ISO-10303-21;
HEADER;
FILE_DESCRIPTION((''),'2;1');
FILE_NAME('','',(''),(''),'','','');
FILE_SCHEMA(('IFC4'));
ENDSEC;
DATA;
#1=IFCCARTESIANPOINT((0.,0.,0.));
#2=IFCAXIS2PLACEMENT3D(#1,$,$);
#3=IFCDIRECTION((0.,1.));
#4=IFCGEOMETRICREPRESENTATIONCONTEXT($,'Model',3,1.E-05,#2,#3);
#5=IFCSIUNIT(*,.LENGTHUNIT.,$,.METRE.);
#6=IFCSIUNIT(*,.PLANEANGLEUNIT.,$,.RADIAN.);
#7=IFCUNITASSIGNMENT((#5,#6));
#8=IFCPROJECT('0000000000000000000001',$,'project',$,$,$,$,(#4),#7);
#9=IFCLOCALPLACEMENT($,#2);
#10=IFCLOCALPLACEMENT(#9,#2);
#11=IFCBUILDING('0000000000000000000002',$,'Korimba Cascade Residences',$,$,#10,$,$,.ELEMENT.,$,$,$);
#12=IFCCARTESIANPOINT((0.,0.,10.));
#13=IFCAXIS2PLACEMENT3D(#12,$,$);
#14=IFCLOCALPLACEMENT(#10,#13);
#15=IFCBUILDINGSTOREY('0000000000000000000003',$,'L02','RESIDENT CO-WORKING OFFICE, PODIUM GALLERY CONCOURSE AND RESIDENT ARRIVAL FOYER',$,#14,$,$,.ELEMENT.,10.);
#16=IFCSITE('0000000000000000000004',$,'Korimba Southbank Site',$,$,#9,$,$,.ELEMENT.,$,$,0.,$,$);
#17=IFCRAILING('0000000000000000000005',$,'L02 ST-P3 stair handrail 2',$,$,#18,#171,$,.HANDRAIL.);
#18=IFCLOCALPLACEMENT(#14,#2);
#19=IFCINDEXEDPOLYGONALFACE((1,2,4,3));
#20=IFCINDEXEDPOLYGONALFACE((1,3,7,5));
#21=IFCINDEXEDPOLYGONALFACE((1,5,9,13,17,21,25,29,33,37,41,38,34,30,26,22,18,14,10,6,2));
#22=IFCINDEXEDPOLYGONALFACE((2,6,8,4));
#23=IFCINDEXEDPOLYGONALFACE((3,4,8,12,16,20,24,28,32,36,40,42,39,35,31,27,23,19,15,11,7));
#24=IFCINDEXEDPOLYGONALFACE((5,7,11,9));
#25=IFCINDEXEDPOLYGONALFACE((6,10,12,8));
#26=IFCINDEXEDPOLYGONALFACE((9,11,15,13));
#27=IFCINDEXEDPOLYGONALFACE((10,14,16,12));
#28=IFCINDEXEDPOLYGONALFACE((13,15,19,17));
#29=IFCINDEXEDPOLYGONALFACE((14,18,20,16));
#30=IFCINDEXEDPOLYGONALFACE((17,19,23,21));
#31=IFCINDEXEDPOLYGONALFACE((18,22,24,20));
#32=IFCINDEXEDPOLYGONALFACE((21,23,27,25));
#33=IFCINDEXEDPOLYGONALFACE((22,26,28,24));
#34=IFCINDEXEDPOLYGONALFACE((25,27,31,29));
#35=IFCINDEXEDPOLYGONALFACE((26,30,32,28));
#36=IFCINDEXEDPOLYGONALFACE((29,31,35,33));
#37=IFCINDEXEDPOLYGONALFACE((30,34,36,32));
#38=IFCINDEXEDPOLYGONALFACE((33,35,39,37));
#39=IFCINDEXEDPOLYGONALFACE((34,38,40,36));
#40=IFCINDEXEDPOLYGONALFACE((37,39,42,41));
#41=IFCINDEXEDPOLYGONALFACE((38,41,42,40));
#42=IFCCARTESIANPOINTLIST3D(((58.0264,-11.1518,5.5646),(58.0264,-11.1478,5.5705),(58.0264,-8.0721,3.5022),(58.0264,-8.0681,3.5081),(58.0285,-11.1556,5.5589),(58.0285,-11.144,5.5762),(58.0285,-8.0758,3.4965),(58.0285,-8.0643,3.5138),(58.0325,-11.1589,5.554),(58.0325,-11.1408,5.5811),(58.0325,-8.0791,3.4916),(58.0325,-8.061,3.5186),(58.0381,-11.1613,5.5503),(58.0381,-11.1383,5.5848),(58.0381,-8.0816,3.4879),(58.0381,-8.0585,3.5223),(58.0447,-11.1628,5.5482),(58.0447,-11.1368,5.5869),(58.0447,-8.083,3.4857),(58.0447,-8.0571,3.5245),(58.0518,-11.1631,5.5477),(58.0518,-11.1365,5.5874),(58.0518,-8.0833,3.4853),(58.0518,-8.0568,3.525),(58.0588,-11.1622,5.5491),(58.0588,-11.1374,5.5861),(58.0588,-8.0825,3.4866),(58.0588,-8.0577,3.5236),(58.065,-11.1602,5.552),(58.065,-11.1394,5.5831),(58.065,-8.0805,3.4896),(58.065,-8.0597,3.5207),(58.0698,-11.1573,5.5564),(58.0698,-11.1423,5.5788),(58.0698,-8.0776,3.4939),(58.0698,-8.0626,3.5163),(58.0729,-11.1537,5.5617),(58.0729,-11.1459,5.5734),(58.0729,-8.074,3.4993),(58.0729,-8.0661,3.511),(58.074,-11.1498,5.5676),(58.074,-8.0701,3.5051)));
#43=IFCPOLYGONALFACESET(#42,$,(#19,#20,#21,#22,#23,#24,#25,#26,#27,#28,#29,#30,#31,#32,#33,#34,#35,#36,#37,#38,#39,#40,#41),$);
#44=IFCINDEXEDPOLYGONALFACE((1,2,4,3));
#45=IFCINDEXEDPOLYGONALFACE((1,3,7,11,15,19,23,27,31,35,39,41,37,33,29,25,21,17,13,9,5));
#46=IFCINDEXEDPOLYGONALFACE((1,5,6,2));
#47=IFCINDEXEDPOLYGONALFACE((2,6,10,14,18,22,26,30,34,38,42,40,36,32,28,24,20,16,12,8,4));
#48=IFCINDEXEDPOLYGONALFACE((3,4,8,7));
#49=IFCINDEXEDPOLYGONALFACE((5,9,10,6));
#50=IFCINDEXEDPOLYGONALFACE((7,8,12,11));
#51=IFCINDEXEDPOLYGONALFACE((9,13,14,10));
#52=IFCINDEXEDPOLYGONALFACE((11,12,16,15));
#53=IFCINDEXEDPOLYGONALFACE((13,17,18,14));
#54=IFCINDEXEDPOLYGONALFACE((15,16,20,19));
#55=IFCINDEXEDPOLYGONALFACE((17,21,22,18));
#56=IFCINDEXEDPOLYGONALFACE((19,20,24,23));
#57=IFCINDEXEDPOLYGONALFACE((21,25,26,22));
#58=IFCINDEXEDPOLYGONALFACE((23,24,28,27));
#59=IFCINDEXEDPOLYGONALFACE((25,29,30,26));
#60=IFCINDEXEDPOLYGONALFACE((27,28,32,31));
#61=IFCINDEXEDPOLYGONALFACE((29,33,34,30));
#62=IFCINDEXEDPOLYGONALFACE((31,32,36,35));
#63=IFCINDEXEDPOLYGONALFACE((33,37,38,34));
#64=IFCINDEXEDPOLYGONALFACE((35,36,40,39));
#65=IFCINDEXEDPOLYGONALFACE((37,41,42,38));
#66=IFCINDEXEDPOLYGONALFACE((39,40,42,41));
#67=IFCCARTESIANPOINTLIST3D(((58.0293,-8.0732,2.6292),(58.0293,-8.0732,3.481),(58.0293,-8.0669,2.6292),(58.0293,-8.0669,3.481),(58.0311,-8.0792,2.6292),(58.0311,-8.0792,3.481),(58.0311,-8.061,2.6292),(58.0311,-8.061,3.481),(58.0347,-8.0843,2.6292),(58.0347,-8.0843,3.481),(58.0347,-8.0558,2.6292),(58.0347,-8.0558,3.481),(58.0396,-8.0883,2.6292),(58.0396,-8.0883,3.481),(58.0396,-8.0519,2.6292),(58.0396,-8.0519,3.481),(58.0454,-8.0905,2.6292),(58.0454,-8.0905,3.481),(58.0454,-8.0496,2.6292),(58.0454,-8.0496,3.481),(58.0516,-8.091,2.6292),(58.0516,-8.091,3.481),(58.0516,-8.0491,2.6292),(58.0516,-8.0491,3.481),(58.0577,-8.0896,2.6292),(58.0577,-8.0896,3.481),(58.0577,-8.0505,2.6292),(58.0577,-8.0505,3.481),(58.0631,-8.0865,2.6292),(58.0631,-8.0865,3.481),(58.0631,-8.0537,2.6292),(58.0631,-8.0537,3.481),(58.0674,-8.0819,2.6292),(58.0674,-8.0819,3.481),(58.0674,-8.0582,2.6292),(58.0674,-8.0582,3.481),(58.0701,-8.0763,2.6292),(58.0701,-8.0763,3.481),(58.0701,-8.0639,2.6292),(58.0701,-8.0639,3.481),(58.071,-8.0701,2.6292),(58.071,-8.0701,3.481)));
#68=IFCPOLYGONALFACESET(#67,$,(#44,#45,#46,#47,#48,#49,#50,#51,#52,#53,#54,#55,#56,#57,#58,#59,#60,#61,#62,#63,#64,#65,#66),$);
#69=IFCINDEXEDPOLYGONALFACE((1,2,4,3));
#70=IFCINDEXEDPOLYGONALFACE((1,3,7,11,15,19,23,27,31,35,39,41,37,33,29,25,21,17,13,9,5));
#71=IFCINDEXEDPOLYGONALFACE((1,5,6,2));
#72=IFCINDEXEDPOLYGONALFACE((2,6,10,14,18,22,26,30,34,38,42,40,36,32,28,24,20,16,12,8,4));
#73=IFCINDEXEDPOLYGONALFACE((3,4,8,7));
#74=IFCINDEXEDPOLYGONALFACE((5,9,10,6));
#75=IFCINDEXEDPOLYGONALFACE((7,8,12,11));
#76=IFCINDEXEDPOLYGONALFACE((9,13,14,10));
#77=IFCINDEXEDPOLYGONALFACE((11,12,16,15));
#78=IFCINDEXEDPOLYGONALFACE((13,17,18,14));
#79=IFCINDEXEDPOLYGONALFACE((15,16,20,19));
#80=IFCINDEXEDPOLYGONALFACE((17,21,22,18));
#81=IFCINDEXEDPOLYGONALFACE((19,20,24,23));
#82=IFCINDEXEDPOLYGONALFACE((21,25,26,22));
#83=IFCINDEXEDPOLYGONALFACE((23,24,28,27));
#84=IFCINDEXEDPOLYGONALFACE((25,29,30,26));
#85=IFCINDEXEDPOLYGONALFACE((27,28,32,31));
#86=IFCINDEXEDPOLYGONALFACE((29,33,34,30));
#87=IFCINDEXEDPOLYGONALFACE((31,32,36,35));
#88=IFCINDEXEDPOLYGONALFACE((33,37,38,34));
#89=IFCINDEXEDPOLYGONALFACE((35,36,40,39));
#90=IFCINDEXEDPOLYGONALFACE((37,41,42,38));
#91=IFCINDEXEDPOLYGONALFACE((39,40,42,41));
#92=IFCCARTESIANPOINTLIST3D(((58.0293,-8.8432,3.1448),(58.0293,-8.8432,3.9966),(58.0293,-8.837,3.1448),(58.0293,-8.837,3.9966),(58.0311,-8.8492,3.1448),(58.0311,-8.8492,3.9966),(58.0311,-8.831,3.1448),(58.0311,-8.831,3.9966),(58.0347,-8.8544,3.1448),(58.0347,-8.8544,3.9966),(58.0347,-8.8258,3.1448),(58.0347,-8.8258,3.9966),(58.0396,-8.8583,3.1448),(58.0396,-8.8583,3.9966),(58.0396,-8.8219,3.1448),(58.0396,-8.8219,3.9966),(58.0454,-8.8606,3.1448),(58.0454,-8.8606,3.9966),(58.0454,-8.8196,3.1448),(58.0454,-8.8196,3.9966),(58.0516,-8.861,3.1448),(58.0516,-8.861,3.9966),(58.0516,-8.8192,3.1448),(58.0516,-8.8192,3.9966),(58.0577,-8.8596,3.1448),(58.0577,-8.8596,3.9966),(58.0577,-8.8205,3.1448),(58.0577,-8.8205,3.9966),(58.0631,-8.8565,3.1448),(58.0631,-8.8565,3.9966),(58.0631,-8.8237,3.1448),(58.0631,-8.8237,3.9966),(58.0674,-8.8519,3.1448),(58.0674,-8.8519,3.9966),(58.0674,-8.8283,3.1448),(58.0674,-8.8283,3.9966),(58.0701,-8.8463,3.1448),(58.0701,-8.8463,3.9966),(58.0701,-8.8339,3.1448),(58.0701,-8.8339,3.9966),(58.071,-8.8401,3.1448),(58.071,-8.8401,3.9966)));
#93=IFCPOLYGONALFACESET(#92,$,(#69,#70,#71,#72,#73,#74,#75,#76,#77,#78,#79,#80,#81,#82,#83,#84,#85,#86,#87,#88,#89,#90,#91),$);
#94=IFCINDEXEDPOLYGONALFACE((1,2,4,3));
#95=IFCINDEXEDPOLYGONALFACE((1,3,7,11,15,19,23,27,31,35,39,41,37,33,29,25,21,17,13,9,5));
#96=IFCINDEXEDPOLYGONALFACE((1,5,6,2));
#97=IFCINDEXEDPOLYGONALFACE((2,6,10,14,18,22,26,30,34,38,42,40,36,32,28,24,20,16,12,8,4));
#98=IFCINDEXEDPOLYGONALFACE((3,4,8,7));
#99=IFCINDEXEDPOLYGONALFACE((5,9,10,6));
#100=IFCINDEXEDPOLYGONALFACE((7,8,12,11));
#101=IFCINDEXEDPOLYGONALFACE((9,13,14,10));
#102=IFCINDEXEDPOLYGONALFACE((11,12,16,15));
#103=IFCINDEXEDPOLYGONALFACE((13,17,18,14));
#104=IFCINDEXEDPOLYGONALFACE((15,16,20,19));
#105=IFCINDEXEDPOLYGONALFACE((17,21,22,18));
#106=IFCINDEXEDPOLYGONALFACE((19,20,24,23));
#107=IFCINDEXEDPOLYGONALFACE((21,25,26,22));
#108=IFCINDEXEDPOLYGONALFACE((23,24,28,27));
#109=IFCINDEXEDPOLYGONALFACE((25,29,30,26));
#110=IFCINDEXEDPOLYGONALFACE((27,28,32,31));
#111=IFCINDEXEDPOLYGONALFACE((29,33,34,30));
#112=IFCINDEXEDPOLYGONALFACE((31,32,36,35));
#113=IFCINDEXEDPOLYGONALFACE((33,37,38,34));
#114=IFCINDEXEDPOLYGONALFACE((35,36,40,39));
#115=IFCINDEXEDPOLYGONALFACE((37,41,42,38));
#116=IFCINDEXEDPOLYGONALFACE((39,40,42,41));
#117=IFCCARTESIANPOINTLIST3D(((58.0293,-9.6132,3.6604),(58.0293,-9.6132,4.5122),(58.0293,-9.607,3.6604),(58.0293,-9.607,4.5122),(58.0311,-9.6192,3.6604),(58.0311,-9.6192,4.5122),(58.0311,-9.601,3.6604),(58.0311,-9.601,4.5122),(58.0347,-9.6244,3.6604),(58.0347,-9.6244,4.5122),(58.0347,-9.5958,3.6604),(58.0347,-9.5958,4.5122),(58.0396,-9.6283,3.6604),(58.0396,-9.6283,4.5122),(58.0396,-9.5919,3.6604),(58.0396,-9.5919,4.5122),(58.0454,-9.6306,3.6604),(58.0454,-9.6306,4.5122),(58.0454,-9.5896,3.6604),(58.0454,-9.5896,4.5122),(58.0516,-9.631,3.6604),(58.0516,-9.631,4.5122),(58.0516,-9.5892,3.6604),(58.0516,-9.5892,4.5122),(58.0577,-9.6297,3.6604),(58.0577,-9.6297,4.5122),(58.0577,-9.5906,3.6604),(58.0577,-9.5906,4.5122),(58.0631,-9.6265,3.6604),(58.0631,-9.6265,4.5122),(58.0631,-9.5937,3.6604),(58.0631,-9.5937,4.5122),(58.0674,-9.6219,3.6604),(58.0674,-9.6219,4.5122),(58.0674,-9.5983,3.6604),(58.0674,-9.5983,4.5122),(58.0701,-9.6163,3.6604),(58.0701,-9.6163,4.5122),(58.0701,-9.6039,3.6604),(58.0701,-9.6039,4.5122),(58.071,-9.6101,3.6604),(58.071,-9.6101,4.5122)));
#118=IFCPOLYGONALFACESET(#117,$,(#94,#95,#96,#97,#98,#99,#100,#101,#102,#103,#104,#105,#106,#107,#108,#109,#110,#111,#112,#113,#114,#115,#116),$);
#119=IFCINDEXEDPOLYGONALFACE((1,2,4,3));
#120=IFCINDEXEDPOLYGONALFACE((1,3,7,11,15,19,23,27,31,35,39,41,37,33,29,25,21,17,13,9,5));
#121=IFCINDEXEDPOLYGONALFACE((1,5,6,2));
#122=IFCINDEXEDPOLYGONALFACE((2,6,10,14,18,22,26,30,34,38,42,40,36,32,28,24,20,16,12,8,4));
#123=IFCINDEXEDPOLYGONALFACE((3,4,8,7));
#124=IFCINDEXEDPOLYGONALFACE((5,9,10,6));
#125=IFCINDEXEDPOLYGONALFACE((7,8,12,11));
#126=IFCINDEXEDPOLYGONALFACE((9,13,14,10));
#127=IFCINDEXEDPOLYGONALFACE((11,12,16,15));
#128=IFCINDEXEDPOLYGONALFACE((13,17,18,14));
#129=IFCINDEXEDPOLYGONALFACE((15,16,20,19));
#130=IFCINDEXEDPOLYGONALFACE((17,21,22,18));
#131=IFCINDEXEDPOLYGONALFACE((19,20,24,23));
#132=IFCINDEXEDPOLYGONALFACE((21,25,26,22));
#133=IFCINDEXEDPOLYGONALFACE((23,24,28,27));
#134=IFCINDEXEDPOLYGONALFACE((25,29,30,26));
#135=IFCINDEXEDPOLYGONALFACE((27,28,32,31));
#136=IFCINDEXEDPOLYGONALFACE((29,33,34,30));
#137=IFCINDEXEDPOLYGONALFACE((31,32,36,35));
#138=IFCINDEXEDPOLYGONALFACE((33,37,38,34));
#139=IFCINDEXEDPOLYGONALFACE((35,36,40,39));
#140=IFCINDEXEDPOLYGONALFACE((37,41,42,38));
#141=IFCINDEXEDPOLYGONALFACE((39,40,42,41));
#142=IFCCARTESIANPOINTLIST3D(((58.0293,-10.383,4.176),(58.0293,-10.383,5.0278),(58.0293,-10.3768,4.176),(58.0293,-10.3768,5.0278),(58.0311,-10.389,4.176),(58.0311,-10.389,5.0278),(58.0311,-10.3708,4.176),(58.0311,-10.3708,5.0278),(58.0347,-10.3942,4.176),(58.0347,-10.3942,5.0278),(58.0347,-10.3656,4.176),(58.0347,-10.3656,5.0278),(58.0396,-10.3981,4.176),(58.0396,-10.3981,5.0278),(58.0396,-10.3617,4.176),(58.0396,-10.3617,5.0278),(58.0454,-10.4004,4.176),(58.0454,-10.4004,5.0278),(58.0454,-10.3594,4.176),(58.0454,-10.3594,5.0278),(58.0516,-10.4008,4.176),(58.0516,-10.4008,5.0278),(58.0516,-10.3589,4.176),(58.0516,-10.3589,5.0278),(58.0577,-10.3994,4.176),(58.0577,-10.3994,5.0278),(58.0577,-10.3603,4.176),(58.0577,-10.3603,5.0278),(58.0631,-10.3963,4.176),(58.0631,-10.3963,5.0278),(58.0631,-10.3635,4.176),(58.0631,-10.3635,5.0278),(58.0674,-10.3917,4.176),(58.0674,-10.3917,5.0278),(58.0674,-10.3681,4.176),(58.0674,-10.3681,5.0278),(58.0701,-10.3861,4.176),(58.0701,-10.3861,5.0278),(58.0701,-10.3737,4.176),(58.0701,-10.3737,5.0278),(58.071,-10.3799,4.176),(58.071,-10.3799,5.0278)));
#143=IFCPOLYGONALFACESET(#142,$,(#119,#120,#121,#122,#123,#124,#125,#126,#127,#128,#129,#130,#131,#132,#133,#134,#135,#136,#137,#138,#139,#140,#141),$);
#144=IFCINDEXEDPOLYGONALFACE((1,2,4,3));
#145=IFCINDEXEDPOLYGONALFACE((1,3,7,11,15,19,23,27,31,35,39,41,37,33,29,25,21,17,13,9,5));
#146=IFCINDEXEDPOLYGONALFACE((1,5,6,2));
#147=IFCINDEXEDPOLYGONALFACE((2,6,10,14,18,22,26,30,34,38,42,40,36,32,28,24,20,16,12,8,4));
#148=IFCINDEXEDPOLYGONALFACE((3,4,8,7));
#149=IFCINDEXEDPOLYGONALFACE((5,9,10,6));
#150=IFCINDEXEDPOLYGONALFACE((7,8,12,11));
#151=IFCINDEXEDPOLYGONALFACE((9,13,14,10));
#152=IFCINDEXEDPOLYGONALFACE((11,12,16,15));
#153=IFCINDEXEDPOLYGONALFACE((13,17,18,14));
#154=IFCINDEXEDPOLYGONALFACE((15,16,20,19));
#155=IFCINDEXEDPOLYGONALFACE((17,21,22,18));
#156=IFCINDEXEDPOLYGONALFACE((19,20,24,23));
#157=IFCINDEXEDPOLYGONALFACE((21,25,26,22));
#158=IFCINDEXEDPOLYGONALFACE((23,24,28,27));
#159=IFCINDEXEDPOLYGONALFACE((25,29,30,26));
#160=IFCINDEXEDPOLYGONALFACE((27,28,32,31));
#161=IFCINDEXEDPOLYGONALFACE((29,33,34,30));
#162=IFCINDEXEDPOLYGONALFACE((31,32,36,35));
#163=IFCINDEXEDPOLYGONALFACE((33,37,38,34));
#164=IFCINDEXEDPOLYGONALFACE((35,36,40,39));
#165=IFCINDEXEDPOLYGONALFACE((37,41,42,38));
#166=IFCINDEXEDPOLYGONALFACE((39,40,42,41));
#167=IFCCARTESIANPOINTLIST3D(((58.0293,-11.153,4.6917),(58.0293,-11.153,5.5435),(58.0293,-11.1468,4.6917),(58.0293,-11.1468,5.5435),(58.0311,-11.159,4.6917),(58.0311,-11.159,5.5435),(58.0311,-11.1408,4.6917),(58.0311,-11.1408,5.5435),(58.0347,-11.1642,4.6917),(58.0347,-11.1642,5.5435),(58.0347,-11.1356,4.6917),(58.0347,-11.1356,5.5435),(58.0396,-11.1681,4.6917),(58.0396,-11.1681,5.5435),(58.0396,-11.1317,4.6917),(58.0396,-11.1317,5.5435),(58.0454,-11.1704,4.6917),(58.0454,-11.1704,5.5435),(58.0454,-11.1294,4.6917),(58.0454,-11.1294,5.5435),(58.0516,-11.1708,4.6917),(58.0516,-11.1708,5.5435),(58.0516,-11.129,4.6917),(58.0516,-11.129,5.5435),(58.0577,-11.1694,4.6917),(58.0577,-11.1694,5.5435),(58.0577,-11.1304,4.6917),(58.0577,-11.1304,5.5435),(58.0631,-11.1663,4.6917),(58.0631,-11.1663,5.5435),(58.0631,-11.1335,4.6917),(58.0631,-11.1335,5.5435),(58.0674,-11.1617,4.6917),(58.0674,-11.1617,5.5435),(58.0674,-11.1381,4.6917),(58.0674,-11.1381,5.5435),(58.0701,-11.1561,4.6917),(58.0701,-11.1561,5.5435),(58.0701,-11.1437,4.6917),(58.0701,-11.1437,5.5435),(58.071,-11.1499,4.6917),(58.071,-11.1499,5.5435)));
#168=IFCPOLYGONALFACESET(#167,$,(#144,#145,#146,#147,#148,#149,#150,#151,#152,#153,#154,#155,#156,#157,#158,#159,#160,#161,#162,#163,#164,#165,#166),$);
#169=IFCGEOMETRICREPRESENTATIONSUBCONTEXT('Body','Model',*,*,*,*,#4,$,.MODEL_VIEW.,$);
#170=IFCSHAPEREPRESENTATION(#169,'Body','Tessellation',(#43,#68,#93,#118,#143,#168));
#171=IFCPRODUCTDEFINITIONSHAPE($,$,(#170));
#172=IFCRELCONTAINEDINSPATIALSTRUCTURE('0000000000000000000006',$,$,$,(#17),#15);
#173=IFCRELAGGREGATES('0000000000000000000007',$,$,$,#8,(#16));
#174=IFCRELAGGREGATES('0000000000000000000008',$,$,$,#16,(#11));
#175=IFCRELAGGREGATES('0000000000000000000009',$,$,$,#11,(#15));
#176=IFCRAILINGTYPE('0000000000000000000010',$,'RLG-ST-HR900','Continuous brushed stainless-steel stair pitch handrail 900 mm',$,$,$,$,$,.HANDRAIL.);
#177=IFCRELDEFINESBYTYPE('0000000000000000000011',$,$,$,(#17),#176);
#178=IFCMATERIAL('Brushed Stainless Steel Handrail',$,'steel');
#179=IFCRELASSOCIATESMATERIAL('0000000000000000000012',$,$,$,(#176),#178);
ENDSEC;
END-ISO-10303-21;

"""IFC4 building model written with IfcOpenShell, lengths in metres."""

from ifc_helpers import new_model, si_unit, direction, frame, origin, origin_2d, place, context, subcontext, project, spatial, circle, extrude, material, type_object, element, save


model = new_model("IFC4")

# Units and contexts
model_context = context("Model", 3, precision=1e-05, world=origin(), true_north=direction((0.0, 1.0)))
body_context = subcontext(model_context, "Body", "Model", "MODEL_VIEW")
ifc_project = project(units=[si_unit("LENGTHUNIT", "METRE"), si_unit("PLANEANGLEUNIT", "RADIAN")], contexts=[model_context])

# Site, building, storey
site_placement = place(None, origin())
site = spatial("IfcSite", under=ifc_project, at=site_placement, Name="Korimba Southbank Site", CompositionType="ELEMENT", RefElevation=0.0)
building_placement = place(site_placement, origin())
building = spatial("IfcBuilding", under=site, at=building_placement, Name="Korimba Cascade Residences", CompositionType="ELEMENT")
storey_placement = place(building_placement, frame((0.0, 0.0, 10.0)))
storey = spatial("IfcBuildingStorey", under=building, at=storey_placement, Name="L02", Description="RESIDENT CO-WORKING OFFICE, PODIUM GALLERY CONCOURSE AND RESIDENT ARRIVAL FOYER", CompositionType="ELEMENT", Elevation=10.0)

# Railing
ifc_material_1 = material(Name="Brushed Stainless Steel Handrail", Category="steel")
railing_type_1 = type_object("IfcRailingType", Name="RLG-ST-HR900", Description="Continuous brushed stainless-steel stair pitch handrail 900 mm", PredefinedType="HANDRAIL", material=ifc_material_1)
railing_1_placement = place(storey_placement, frame((58.05, -8.0701, 2.6292)))
element("IfcRailing", 1, at=railing_1_placement, inside=storey, type_object=railing_type_1, Name="L02 ST-P3 stair handrail 2", PredefinedType="HANDRAIL", context=body_context, shape_type="SweptSolid", body=[
    extrude(circle(Radius=0.0239, at=origin_2d()), frame((0.0, 0.0, 0.876), z_axis=(0.0, -0.830893, 0.556432), x_axis=(1.0, 0.0, 0.0)), (0.0, 0.0, 1.0), 3.7065),
    extrude(circle(Radius=0.021, at=origin_2d()), origin(), (0.0, 0.0, 1.0), 0.8518),
    extrude(circle(Radius=0.021, at=origin_2d()), frame((0.0, -0.77, 0.5156)), (0.0, 0.0, 1.0), 0.8518),
    extrude(circle(Radius=0.021, at=origin_2d()), frame((0.0, -1.54, 1.0312)), (0.0, 0.0, 1.0), 0.8518),
    extrude(circle(Radius=0.021, at=origin_2d()), frame((0.0, -2.3098, 1.5469)), (0.0, 0.0, 1.0), 0.8518),
    extrude(circle(Radius=0.021, at=origin_2d()), frame((0.0, -3.0798, 2.0625)), (0.0, 0.0, 1.0), 0.8518),
])

save(model, "model.ifc")
